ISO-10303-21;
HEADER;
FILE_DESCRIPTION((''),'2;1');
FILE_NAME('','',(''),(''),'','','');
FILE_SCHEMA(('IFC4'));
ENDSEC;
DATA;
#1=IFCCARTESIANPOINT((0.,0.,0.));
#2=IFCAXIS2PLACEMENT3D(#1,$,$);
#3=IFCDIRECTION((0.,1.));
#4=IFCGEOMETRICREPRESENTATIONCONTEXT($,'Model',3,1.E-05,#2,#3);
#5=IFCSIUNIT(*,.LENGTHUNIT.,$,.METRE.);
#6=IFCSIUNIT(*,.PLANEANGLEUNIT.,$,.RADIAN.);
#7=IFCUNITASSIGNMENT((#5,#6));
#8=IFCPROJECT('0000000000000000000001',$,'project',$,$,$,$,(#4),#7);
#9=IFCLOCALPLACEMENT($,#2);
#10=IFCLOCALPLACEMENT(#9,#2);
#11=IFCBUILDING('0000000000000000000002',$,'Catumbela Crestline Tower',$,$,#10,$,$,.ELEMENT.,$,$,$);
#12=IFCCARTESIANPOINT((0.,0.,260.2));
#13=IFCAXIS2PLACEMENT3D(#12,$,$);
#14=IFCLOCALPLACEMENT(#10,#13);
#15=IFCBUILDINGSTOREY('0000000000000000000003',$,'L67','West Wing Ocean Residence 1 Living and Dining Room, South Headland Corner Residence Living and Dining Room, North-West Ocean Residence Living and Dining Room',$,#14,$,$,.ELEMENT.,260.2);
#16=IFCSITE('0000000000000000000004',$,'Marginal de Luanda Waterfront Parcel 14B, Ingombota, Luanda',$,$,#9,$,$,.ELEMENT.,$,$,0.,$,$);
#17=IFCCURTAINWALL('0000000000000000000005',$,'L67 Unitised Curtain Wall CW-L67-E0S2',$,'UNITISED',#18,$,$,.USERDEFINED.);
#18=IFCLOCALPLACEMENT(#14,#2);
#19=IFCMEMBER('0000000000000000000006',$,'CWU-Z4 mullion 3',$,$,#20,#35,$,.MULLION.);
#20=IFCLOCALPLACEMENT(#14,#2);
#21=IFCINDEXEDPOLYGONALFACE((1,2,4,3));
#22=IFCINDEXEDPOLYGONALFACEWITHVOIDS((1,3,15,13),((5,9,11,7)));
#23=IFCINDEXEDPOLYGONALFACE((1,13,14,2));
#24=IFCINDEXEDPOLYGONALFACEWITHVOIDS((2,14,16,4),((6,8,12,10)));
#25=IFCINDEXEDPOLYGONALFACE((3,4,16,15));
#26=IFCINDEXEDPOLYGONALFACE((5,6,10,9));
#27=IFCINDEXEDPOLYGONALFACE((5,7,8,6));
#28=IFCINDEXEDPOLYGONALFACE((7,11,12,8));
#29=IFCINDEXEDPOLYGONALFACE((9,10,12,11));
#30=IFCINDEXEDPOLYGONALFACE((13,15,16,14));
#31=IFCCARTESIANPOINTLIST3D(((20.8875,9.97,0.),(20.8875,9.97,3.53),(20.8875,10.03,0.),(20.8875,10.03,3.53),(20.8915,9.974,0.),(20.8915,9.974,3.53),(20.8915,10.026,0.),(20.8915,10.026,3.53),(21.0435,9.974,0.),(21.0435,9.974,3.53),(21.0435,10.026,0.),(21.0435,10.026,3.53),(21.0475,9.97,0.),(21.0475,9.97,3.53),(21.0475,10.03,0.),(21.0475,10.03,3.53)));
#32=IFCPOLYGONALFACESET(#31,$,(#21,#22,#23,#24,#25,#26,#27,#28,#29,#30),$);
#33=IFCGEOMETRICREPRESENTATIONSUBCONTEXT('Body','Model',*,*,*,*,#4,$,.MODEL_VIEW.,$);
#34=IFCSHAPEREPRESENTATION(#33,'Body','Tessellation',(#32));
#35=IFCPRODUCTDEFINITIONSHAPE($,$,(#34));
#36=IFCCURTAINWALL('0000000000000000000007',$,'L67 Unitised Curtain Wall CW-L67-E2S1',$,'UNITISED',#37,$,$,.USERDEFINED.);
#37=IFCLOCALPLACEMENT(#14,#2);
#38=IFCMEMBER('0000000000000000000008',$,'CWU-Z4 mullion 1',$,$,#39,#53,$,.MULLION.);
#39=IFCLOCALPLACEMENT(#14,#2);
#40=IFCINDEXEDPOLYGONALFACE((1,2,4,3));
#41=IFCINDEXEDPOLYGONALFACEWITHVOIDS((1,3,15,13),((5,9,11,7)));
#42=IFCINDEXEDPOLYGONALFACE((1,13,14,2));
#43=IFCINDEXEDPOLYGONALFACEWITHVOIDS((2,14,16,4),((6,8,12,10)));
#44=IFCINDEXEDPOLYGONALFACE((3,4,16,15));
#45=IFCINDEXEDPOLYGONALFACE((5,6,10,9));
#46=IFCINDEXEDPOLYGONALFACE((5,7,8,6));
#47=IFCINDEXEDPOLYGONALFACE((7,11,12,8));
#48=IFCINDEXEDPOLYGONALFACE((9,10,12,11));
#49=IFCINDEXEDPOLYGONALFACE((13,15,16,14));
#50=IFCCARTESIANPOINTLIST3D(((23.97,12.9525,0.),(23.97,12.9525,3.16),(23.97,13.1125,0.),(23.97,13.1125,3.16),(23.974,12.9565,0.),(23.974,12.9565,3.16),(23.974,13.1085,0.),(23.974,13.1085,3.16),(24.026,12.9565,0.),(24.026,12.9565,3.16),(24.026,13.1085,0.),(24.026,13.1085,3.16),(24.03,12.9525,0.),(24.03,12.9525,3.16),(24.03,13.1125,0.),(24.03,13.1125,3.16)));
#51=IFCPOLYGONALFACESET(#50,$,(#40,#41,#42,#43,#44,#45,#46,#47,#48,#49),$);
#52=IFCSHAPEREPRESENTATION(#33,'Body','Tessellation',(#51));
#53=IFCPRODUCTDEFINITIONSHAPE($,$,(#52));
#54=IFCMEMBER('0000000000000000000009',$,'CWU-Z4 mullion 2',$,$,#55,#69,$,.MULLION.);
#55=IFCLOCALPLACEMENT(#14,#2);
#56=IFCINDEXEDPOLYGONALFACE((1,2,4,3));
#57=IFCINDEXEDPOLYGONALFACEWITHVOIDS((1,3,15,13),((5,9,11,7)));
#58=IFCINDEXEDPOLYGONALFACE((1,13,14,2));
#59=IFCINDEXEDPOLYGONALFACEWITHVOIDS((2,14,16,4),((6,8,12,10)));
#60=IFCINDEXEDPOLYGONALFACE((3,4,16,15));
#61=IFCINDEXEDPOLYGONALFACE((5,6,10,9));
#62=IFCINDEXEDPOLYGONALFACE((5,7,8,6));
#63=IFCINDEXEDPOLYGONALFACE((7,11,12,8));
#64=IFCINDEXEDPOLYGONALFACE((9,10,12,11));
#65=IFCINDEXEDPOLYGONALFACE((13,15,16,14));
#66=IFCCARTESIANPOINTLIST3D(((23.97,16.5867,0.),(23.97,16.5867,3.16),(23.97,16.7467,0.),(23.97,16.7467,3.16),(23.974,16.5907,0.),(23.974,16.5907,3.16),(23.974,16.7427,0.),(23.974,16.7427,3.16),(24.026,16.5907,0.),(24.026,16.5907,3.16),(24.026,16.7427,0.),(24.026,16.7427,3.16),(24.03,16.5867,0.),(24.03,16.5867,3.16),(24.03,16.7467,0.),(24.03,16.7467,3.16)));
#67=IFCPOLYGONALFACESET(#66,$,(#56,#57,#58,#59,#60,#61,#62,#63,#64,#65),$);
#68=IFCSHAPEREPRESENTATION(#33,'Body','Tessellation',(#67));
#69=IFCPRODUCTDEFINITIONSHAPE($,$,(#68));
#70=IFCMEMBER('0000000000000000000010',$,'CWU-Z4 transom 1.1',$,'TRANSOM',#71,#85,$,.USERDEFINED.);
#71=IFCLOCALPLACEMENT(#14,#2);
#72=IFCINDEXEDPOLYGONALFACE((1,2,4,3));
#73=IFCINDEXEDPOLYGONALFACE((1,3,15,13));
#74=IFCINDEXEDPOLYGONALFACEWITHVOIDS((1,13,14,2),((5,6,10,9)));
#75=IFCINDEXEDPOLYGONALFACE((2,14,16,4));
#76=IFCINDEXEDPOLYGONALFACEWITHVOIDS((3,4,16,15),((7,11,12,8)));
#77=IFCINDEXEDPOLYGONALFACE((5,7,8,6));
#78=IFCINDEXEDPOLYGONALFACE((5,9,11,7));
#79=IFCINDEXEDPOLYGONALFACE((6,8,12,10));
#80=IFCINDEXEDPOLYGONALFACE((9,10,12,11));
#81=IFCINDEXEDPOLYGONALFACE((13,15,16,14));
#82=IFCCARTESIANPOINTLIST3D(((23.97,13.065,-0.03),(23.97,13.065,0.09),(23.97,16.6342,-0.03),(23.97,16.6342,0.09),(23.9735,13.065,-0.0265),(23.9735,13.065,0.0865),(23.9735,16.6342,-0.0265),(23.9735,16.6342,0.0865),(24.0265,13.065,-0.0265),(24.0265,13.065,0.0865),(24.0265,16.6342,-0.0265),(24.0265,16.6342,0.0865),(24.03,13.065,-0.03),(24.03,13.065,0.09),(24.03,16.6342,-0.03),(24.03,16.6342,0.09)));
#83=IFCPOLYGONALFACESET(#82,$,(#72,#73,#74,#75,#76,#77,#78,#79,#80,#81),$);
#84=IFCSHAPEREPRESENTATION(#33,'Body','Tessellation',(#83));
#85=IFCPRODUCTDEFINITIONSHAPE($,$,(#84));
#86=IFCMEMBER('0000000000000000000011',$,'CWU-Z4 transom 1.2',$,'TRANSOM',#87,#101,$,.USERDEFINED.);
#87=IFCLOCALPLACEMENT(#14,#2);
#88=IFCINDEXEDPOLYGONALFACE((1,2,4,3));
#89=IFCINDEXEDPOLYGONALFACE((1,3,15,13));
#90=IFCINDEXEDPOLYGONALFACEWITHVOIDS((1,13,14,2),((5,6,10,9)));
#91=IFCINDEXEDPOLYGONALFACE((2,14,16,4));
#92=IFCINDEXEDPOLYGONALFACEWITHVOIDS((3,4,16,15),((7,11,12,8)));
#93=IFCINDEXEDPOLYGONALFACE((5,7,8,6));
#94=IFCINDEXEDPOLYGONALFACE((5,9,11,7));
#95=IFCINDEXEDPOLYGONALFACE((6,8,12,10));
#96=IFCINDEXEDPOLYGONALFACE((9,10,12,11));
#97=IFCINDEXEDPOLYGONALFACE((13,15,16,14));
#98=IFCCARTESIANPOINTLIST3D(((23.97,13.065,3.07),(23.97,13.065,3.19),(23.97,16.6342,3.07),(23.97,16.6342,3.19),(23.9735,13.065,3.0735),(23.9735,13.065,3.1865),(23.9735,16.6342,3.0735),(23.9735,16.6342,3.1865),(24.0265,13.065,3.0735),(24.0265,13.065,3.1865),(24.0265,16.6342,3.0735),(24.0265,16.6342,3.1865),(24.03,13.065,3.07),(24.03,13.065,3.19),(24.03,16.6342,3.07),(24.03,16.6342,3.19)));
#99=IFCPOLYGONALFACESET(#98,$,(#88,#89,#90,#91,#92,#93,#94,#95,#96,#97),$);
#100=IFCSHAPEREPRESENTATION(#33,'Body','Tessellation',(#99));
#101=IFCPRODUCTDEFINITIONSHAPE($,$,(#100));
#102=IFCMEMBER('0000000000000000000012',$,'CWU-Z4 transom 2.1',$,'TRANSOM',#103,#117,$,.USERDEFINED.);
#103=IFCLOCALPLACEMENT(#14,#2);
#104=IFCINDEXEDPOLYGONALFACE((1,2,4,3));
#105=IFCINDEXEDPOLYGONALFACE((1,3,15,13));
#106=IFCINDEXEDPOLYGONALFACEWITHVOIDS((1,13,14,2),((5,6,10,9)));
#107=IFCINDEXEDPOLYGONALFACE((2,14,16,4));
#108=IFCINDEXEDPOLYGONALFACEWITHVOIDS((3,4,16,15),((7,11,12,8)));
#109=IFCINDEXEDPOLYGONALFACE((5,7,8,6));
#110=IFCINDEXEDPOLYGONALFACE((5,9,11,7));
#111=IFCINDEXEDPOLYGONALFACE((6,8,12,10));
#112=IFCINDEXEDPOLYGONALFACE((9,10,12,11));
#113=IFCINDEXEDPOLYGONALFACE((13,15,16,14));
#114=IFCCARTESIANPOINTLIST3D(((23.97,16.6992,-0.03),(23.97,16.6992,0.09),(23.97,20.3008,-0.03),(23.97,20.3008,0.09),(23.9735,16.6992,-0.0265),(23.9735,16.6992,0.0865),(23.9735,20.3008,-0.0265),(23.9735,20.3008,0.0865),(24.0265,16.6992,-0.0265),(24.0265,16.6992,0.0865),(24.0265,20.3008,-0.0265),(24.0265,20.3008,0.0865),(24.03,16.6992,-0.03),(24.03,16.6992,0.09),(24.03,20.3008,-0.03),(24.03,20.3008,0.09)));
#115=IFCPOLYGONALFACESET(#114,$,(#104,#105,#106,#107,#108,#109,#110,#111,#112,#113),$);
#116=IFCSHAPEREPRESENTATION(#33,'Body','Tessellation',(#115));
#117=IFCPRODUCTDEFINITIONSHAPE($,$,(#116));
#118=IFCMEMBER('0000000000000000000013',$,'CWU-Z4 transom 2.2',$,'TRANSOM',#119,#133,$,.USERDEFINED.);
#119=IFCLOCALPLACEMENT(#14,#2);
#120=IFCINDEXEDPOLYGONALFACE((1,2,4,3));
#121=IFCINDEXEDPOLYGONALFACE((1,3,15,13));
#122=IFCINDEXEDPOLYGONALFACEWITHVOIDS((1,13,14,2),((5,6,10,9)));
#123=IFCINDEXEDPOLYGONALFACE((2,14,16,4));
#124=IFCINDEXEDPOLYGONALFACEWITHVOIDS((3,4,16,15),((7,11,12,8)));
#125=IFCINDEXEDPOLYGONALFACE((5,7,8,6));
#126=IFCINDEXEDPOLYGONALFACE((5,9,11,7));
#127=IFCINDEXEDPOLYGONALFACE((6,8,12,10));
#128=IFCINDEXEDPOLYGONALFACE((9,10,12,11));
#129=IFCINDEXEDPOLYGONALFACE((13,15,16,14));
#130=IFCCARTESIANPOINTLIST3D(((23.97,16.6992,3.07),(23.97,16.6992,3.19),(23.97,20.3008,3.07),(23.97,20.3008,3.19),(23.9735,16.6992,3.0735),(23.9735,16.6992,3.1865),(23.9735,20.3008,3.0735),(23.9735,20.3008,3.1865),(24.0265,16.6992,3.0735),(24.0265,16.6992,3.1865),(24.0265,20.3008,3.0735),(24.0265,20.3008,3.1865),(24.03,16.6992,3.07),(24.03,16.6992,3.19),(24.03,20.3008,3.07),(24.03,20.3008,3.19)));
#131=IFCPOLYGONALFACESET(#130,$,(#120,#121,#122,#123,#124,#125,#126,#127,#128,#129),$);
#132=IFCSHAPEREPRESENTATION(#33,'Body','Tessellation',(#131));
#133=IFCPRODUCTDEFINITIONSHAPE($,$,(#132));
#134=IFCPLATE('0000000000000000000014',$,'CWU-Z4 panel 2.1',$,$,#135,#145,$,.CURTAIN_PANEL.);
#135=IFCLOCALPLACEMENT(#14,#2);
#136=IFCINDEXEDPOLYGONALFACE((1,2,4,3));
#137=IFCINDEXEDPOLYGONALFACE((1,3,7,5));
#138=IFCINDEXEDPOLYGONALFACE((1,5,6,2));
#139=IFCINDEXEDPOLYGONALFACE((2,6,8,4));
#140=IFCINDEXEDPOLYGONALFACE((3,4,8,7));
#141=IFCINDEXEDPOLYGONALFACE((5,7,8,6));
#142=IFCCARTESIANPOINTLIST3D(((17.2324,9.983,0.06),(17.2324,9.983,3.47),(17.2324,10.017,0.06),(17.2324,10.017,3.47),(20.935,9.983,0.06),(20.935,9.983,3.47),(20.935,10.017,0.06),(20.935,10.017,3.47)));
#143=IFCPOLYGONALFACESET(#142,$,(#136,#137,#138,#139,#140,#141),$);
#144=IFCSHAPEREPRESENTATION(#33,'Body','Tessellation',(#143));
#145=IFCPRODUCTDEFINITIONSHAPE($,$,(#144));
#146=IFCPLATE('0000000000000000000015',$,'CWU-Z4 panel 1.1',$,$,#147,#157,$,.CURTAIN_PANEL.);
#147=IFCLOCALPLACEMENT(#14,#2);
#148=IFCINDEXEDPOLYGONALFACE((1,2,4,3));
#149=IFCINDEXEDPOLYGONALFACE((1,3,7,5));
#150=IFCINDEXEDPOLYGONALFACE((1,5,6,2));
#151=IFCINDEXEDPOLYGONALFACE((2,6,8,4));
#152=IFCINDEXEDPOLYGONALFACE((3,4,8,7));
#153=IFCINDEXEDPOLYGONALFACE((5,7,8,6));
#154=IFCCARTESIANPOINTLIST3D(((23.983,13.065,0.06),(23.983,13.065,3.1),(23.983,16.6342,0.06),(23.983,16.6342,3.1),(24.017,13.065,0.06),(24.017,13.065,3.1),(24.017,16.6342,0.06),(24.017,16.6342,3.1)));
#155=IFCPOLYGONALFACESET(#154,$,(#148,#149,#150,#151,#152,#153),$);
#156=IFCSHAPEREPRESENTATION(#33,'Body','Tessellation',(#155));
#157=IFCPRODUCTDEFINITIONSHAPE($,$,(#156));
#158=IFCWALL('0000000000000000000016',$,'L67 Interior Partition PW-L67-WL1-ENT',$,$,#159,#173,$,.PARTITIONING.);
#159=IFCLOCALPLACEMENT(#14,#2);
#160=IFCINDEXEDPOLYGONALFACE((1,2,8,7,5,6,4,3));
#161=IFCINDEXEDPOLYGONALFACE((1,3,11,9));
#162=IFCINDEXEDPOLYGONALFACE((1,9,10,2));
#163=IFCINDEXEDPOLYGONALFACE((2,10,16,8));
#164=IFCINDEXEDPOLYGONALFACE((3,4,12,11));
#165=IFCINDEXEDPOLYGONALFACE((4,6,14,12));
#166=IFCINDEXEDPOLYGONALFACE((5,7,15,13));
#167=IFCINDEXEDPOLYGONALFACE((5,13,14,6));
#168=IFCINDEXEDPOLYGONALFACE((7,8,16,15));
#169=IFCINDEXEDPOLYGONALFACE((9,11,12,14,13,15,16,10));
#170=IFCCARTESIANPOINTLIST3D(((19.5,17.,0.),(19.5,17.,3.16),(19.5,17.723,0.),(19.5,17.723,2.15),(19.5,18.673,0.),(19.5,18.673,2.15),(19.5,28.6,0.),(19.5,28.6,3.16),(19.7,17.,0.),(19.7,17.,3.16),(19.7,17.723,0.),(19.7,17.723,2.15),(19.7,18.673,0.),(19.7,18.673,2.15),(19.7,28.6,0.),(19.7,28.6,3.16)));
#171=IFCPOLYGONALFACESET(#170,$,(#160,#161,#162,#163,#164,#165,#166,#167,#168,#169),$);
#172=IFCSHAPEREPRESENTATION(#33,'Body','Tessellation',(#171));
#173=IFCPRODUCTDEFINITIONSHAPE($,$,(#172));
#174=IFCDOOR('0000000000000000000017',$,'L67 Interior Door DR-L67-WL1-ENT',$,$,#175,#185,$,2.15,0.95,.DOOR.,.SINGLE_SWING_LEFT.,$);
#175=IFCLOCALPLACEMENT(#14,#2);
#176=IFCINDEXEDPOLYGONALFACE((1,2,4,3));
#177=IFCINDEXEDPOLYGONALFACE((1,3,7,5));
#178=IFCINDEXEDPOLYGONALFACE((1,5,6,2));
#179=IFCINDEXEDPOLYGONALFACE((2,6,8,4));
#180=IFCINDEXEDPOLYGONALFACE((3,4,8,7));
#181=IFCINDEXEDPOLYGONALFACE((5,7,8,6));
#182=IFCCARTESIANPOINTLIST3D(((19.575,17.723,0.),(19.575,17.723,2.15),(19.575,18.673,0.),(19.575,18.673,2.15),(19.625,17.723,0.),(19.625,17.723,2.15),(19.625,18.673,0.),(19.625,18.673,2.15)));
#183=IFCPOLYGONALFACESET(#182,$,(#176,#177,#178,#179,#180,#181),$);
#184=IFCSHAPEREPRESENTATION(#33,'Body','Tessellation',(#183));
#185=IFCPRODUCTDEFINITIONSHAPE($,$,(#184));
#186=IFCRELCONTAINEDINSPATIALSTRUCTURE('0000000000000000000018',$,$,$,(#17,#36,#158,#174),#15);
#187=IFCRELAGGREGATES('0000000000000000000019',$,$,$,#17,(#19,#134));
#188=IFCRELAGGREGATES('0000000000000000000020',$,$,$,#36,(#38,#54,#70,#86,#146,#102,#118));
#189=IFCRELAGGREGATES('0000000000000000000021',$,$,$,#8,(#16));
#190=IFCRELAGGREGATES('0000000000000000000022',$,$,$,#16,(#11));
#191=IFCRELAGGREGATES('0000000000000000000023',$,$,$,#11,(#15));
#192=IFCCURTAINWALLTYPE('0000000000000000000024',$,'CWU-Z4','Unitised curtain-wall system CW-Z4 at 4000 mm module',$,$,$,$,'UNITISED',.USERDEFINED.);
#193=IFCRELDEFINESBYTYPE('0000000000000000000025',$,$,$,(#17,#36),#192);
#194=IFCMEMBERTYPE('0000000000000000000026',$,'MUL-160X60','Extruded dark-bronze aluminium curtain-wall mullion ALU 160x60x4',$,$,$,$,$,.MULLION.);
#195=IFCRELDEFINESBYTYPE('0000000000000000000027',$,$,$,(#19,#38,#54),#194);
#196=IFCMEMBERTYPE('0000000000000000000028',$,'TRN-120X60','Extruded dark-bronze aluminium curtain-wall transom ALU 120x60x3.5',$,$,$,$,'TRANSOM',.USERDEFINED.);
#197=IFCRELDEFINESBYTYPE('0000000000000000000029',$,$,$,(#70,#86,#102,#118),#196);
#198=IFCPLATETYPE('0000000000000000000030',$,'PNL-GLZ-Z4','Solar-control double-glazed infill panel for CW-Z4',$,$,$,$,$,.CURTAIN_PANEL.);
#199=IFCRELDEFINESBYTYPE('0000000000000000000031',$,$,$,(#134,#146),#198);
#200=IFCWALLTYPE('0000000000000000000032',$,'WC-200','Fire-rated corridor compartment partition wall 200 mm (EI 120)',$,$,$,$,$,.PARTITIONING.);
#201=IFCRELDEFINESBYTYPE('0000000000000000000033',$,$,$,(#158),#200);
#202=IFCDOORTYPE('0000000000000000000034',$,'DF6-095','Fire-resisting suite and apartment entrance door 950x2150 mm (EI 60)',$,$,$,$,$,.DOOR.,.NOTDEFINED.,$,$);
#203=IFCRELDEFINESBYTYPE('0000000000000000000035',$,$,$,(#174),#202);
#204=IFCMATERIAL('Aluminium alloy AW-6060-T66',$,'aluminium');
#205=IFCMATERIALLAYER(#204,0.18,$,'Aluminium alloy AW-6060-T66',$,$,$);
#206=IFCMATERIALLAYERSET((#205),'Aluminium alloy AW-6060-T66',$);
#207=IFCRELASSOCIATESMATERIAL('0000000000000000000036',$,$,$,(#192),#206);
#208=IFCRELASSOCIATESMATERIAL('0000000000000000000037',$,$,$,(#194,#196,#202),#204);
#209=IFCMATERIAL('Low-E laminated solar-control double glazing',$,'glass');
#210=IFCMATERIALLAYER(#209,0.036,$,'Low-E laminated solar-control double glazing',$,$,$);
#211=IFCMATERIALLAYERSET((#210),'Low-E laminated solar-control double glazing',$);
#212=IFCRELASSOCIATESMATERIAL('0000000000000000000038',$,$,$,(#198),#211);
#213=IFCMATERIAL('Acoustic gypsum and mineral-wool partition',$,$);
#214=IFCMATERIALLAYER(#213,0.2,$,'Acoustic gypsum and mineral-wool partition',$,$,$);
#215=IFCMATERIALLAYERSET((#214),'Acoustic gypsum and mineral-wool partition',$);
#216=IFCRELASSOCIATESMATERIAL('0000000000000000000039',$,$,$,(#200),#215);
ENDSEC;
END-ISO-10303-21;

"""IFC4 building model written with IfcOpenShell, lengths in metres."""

from ifc_helpers import new_model, si_unit, direction, frame, frame_2d, origin, origin_2d, place, context, subcontext, project, spatial, rectangle, hollow_rectangle, extrude, material, layer, layer_set, material_profile, profile_set, type_object, element, fill, aggregate, save


model = new_model("IFC4")

# Units and contexts
model_context = context("Model", 3, precision=1e-05, world=origin(), true_north=direction((0.0, 1.0)))
body_context = subcontext(model_context, "Body", "Model", "MODEL_VIEW")
ifc_project = project(units=[si_unit("LENGTHUNIT", "METRE"), si_unit("PLANEANGLEUNIT", "RADIAN")], contexts=[model_context])

# Site, building, storey
site_placement = place(None, origin())
site = spatial("IfcSite", under=ifc_project, at=site_placement, Name="Marginal de Luanda Waterfront Parcel 14B, Ingombota, Luanda", CompositionType="ELEMENT", RefElevation=0.0)
building_placement = place(site_placement, origin())
building = spatial("IfcBuilding", under=site, at=building_placement, Name="Catumbela Crestline Tower", CompositionType="ELEMENT")
storey_placement = place(building_placement, frame((0.0, 0.0, 260.2)))
storey = spatial("IfcBuildingStorey", under=building, at=storey_placement, Name="L67", Description="West Wing Ocean Residence 1 Living and Dining Room, South Headland Corner Residence Living and Dining Room, North-West Ocean Residence Living and Dining Room", CompositionType="ELEMENT", Elevation=260.2)

# Curtain wall, member
ifc_material_1 = material(Name="Aluminium alloy AW-6060-T66", Category="aluminium")
ifc_layer_1 = layer(ifc_material_1, 0.18, Name="Aluminium alloy AW-6060-T66")
ifc_layer_set_1 = layer_set([ifc_layer_1], Name="Aluminium alloy AW-6060-T66")
curtain_wall_type = type_object("IfcCurtainWallType", Name="CWU-Z4", Description="Unitised curtain-wall system CW-Z4 at 4000 mm module", ElementType="UNITISED", PredefinedType="USERDEFINED", material=ifc_layer_set_1)
curtain_wall_1_placement = place(storey_placement, origin())
curtain_wall_1 = element("IfcCurtainWall", 1, at=curtain_wall_1_placement, inside=storey, type_object=curtain_wall_type, Name="L67 Unitised Curtain Wall CW-L67-E0S2", ObjectType="UNITISED", PredefinedType="USERDEFINED")
ifc_material_profile_1 = material_profile(ifc_material_1, hollow_rectangle(XDim=0.06, YDim=0.16, WallThickness=0.004, at=origin_2d()), Name="ALU 160x60x4")
ifc_profile_set_1 = profile_set([ifc_material_profile_1], Name="Aluminium alloy AW-6060-T66")
member_type_1 = type_object("IfcMemberType", Name="MUL-160X60", Description="Extruded dark-bronze aluminium curtain-wall mullion ALU 160x60x4", PredefinedType="MULLION", material=ifc_profile_set_1)
member_1_placement = place(storey_placement, frame((20.9675, 10.0, 0.0), z_axis=(0.0, 0.0, 1.0), x_axis=(0.0, 1.0, 0.0)))
member_1 = element("IfcMember", 2, at=member_1_placement, type_object=member_type_1, Name="CWU-Z4 mullion 3", PredefinedType="MULLION", context=body_context, shape_type="SweptSolid", body=[
    extrude(hollow_rectangle(XDim=0.06, YDim=0.16, WallThickness=0.004, at=origin_2d()), origin(), (0.0, 0.0, 1.0), 3.53),
])

# Curtain wall, members
curtain_wall_2_placement = place(storey_placement, origin())
curtain_wall_2 = element("IfcCurtainWall", 3, at=curtain_wall_2_placement, inside=storey, type_object=curtain_wall_type, Name="L67 Unitised Curtain Wall CW-L67-E2S1", ObjectType="UNITISED", PredefinedType="USERDEFINED")
member_2_placement = place(storey_placement, frame((24.0, 13.0325, 0.0), z_axis=(0.0, 0.0, 1.0), x_axis=(-1.0, 0.0, 0.0)))
member_2 = element("IfcMember", 4, at=member_2_placement, type_object=member_type_1, Name="CWU-Z4 mullion 1", PredefinedType="MULLION", context=body_context, shape_type="SweptSolid", body=[
    extrude(hollow_rectangle(XDim=0.06, YDim=0.16, WallThickness=0.004, at=origin_2d()), origin(), (0.0, 0.0, 1.0), 3.16),
])
member_3_placement = place(storey_placement, frame((24.0, 16.6667, 0.0), z_axis=(0.0, 0.0, 1.0), x_axis=(-1.0, 0.0, 0.0)))
member_3 = element("IfcMember", 5, at=member_3_placement, type_object=member_type_1, Name="CWU-Z4 mullion 2", PredefinedType="MULLION", context=body_context, shape_type="SweptSolid", body=[
    extrude(hollow_rectangle(XDim=0.06, YDim=0.16, WallThickness=0.004, at=origin_2d()), origin(), (0.0, 0.0, 1.0), 3.16),
])
ifc_material_profile_2 = material_profile(ifc_material_1, hollow_rectangle(XDim=0.06, YDim=0.12, WallThickness=0.0035, at=origin_2d()), Name="ALU 120x60x3.5")
ifc_profile_set_2 = profile_set([ifc_material_profile_2], Name="Aluminium alloy AW-6060-T66")
member_type_2 = type_object("IfcMemberType", Name="TRN-120X60", Description="Extruded dark-bronze aluminium curtain-wall transom ALU 120x60x3.5", ElementType="TRANSOM", PredefinedType="USERDEFINED", material=ifc_profile_set_2)
member_4_placement = place(storey_placement, frame((24.0, 13.065, 0.03), z_axis=(0.0, 1.0, 0.0), x_axis=(-1.0, 0.0, 0.0)))
member_4 = element("IfcMember", 6, at=member_4_placement, type_object=member_type_2, Name="CWU-Z4 transom 1.1", ObjectType="TRANSOM", PredefinedType="USERDEFINED", context=body_context, shape_type="SweptSolid", body=[
    extrude(hollow_rectangle(XDim=0.06, YDim=0.12, WallThickness=0.0035, at=origin_2d()), origin(), (0.0, 0.0, 1.0), 3.5692),
])
member_5_placement = place(storey_placement, frame((24.0, 13.065, 3.13), z_axis=(0.0, 1.0, 0.0), x_axis=(-1.0, 0.0, 0.0)))
member_5 = element("IfcMember", 7, at=member_5_placement, type_object=member_type_2, Name="CWU-Z4 transom 1.2", ObjectType="TRANSOM", PredefinedType="USERDEFINED", context=body_context, shape_type="SweptSolid", body=[
    extrude(hollow_rectangle(XDim=0.06, YDim=0.12, WallThickness=0.0035, at=origin_2d()), origin(), (0.0, 0.0, 1.0), 3.5692),
])
member_6_placement = place(storey_placement, frame((24.0, 16.6992, 0.03), z_axis=(0.0, 1.0, 0.0), x_axis=(-1.0, 0.0, 0.0)))
member_6 = element("IfcMember", 8, at=member_6_placement, type_object=member_type_2, Name="CWU-Z4 transom 2.1", ObjectType="TRANSOM", PredefinedType="USERDEFINED", context=body_context, shape_type="SweptSolid", body=[
    extrude(hollow_rectangle(XDim=0.06, YDim=0.12, WallThickness=0.0035, at=origin_2d()), origin(), (0.0, 0.0, 1.0), 3.6016),
])
member_7_placement = place(storey_placement, frame((24.0, 16.6992, 3.13), z_axis=(0.0, 1.0, 0.0), x_axis=(-1.0, 0.0, 0.0)))
member_7 = element("IfcMember", 9, at=member_7_placement, type_object=member_type_2, Name="CWU-Z4 transom 2.2", ObjectType="TRANSOM", PredefinedType="USERDEFINED", context=body_context, shape_type="SweptSolid", body=[
    extrude(hollow_rectangle(XDim=0.06, YDim=0.12, WallThickness=0.0035, at=origin_2d()), origin(), (0.0, 0.0, 1.0), 3.6016),
])

# Plates
ifc_material_2 = material(Name="Low-E laminated solar-control double glazing", Category="glass")
ifc_layer_2 = layer(ifc_material_2, 0.036, Name="Low-E laminated solar-control double glazing")
ifc_layer_set_2 = layer_set([ifc_layer_2], Name="Low-E laminated solar-control double glazing")
plate_type = type_object("IfcPlateType", Name="PNL-GLZ-Z4", Description="Solar-control double-glazed infill panel for CW-Z4", PredefinedType="CURTAIN_PANEL", material=ifc_layer_set_2)
plate_1_placement = place(storey_placement, frame((19.0837, 10.0, 0.06), z_axis=(0.0, 0.0, 1.0), x_axis=(1.0, 0.0, 0.0)))
plate_1 = element("IfcPlate", 10, at=plate_1_placement, type_object=plate_type, Name="CWU-Z4 panel 2.1", PredefinedType="CURTAIN_PANEL", context=body_context, shape_type="SweptSolid", body=[
    extrude(rectangle(XDim=3.7025, YDim=0.034, at=origin_2d()), origin(), (0.0, 0.0, 1.0), 3.41),
])
aggregate(curtain_wall_1, [member_1, plate_1])
plate_2_placement = place(storey_placement, frame((24.0, 14.8496, 0.06), z_axis=(0.0, 0.0, 1.0), x_axis=(0.0, 1.0, 0.0)))
plate_2 = element("IfcPlate", 11, at=plate_2_placement, type_object=plate_type, Name="CWU-Z4 panel 1.1", PredefinedType="CURTAIN_PANEL", context=body_context, shape_type="SweptSolid", body=[
    extrude(rectangle(XDim=3.5692, YDim=0.034, at=origin_2d()), origin(), (0.0, 0.0, 1.0), 3.04),
])
aggregate(curtain_wall_2, [member_2, member_3, member_4, member_5, plate_2, member_6, member_7])

# Wall, opening, door
ifc_material_3 = material(Name="Acoustic gypsum and mineral-wool partition")
ifc_layer_3 = layer(ifc_material_3, 0.2, Name="Acoustic gypsum and mineral-wool partition")
ifc_layer_set_3 = layer_set([ifc_layer_3], Name="Acoustic gypsum and mineral-wool partition")
wall_type_1 = type_object("IfcWallType", Name="WC-200", Description="Fire-rated corridor compartment partition wall 200 mm (EI 120)", PredefinedType="PARTITIONING", material=ifc_layer_set_3)
wall_1_placement = place(storey_placement, frame((19.6, 17.0, 0.0), z_axis=(0.0, 0.0, 1.0), x_axis=(0.0, 1.0, 0.0)))
wall_1 = element("IfcWall", 12, at=wall_1_placement, inside=storey, type_object=wall_type_1, Name="L67 Interior Partition PW-L67-WL1-ENT", PredefinedType="PARTITIONING", context=body_context, shape_type="SweptSolid", body=[
    extrude(rectangle(XDim=11.6, YDim=0.2, at=frame_2d((5.8, 0.0))), origin(), (0.0, 0.0, 1.0), 3.16),
])
opening_1_placement = place(wall_1_placement, frame((0.723, 0.0, 0.0)))
opening_1 = element("IfcOpeningElement", 13, at=opening_1_placement, cuts=wall_1, PredefinedType="OPENING", context=body_context, shape_type="SweptSolid", body=[
    extrude(rectangle(XDim=0.95, YDim=2.15, at=frame_2d((0.475, 1.075))), frame((0.0, 0.11, 0.0), z_axis=(0.0, -1.0, 0.0), x_axis=(1.0, 0.0, 0.0)), (0.0, 0.0, 1.0), 0.22),
])
door_type_1 = type_object("IfcDoorType", Name="DF6-095", Description="Fire-resisting suite and apartment entrance door 950x2150 mm (EI 60)", OperationType="NOTDEFINED", PredefinedType="DOOR", material=ifc_material_1)
door_1_placement = place(opening_1_placement, origin())
door_1 = element("IfcDoor", 14, at=door_1_placement, inside=storey, type_object=door_type_1, Name="L67 Interior Door DR-L67-WL1-ENT", OperationType="SINGLE_SWING_LEFT", OverallHeight=2.15, OverallWidth=0.95, PredefinedType="DOOR", context=body_context, shape_type="SweptSolid", body=[
    extrude(rectangle(XDim=0.95, YDim=2.15, at=frame_2d((0.475, 1.075))), frame((0.0, 0.025, 0.0), z_axis=(0.0, -1.0, 0.0), x_axis=(1.0, 0.0, 0.0)), (0.0, 0.0, 1.0), 0.05),
])
fill(opening_1, door_1)

save(model, "model.ifc")
